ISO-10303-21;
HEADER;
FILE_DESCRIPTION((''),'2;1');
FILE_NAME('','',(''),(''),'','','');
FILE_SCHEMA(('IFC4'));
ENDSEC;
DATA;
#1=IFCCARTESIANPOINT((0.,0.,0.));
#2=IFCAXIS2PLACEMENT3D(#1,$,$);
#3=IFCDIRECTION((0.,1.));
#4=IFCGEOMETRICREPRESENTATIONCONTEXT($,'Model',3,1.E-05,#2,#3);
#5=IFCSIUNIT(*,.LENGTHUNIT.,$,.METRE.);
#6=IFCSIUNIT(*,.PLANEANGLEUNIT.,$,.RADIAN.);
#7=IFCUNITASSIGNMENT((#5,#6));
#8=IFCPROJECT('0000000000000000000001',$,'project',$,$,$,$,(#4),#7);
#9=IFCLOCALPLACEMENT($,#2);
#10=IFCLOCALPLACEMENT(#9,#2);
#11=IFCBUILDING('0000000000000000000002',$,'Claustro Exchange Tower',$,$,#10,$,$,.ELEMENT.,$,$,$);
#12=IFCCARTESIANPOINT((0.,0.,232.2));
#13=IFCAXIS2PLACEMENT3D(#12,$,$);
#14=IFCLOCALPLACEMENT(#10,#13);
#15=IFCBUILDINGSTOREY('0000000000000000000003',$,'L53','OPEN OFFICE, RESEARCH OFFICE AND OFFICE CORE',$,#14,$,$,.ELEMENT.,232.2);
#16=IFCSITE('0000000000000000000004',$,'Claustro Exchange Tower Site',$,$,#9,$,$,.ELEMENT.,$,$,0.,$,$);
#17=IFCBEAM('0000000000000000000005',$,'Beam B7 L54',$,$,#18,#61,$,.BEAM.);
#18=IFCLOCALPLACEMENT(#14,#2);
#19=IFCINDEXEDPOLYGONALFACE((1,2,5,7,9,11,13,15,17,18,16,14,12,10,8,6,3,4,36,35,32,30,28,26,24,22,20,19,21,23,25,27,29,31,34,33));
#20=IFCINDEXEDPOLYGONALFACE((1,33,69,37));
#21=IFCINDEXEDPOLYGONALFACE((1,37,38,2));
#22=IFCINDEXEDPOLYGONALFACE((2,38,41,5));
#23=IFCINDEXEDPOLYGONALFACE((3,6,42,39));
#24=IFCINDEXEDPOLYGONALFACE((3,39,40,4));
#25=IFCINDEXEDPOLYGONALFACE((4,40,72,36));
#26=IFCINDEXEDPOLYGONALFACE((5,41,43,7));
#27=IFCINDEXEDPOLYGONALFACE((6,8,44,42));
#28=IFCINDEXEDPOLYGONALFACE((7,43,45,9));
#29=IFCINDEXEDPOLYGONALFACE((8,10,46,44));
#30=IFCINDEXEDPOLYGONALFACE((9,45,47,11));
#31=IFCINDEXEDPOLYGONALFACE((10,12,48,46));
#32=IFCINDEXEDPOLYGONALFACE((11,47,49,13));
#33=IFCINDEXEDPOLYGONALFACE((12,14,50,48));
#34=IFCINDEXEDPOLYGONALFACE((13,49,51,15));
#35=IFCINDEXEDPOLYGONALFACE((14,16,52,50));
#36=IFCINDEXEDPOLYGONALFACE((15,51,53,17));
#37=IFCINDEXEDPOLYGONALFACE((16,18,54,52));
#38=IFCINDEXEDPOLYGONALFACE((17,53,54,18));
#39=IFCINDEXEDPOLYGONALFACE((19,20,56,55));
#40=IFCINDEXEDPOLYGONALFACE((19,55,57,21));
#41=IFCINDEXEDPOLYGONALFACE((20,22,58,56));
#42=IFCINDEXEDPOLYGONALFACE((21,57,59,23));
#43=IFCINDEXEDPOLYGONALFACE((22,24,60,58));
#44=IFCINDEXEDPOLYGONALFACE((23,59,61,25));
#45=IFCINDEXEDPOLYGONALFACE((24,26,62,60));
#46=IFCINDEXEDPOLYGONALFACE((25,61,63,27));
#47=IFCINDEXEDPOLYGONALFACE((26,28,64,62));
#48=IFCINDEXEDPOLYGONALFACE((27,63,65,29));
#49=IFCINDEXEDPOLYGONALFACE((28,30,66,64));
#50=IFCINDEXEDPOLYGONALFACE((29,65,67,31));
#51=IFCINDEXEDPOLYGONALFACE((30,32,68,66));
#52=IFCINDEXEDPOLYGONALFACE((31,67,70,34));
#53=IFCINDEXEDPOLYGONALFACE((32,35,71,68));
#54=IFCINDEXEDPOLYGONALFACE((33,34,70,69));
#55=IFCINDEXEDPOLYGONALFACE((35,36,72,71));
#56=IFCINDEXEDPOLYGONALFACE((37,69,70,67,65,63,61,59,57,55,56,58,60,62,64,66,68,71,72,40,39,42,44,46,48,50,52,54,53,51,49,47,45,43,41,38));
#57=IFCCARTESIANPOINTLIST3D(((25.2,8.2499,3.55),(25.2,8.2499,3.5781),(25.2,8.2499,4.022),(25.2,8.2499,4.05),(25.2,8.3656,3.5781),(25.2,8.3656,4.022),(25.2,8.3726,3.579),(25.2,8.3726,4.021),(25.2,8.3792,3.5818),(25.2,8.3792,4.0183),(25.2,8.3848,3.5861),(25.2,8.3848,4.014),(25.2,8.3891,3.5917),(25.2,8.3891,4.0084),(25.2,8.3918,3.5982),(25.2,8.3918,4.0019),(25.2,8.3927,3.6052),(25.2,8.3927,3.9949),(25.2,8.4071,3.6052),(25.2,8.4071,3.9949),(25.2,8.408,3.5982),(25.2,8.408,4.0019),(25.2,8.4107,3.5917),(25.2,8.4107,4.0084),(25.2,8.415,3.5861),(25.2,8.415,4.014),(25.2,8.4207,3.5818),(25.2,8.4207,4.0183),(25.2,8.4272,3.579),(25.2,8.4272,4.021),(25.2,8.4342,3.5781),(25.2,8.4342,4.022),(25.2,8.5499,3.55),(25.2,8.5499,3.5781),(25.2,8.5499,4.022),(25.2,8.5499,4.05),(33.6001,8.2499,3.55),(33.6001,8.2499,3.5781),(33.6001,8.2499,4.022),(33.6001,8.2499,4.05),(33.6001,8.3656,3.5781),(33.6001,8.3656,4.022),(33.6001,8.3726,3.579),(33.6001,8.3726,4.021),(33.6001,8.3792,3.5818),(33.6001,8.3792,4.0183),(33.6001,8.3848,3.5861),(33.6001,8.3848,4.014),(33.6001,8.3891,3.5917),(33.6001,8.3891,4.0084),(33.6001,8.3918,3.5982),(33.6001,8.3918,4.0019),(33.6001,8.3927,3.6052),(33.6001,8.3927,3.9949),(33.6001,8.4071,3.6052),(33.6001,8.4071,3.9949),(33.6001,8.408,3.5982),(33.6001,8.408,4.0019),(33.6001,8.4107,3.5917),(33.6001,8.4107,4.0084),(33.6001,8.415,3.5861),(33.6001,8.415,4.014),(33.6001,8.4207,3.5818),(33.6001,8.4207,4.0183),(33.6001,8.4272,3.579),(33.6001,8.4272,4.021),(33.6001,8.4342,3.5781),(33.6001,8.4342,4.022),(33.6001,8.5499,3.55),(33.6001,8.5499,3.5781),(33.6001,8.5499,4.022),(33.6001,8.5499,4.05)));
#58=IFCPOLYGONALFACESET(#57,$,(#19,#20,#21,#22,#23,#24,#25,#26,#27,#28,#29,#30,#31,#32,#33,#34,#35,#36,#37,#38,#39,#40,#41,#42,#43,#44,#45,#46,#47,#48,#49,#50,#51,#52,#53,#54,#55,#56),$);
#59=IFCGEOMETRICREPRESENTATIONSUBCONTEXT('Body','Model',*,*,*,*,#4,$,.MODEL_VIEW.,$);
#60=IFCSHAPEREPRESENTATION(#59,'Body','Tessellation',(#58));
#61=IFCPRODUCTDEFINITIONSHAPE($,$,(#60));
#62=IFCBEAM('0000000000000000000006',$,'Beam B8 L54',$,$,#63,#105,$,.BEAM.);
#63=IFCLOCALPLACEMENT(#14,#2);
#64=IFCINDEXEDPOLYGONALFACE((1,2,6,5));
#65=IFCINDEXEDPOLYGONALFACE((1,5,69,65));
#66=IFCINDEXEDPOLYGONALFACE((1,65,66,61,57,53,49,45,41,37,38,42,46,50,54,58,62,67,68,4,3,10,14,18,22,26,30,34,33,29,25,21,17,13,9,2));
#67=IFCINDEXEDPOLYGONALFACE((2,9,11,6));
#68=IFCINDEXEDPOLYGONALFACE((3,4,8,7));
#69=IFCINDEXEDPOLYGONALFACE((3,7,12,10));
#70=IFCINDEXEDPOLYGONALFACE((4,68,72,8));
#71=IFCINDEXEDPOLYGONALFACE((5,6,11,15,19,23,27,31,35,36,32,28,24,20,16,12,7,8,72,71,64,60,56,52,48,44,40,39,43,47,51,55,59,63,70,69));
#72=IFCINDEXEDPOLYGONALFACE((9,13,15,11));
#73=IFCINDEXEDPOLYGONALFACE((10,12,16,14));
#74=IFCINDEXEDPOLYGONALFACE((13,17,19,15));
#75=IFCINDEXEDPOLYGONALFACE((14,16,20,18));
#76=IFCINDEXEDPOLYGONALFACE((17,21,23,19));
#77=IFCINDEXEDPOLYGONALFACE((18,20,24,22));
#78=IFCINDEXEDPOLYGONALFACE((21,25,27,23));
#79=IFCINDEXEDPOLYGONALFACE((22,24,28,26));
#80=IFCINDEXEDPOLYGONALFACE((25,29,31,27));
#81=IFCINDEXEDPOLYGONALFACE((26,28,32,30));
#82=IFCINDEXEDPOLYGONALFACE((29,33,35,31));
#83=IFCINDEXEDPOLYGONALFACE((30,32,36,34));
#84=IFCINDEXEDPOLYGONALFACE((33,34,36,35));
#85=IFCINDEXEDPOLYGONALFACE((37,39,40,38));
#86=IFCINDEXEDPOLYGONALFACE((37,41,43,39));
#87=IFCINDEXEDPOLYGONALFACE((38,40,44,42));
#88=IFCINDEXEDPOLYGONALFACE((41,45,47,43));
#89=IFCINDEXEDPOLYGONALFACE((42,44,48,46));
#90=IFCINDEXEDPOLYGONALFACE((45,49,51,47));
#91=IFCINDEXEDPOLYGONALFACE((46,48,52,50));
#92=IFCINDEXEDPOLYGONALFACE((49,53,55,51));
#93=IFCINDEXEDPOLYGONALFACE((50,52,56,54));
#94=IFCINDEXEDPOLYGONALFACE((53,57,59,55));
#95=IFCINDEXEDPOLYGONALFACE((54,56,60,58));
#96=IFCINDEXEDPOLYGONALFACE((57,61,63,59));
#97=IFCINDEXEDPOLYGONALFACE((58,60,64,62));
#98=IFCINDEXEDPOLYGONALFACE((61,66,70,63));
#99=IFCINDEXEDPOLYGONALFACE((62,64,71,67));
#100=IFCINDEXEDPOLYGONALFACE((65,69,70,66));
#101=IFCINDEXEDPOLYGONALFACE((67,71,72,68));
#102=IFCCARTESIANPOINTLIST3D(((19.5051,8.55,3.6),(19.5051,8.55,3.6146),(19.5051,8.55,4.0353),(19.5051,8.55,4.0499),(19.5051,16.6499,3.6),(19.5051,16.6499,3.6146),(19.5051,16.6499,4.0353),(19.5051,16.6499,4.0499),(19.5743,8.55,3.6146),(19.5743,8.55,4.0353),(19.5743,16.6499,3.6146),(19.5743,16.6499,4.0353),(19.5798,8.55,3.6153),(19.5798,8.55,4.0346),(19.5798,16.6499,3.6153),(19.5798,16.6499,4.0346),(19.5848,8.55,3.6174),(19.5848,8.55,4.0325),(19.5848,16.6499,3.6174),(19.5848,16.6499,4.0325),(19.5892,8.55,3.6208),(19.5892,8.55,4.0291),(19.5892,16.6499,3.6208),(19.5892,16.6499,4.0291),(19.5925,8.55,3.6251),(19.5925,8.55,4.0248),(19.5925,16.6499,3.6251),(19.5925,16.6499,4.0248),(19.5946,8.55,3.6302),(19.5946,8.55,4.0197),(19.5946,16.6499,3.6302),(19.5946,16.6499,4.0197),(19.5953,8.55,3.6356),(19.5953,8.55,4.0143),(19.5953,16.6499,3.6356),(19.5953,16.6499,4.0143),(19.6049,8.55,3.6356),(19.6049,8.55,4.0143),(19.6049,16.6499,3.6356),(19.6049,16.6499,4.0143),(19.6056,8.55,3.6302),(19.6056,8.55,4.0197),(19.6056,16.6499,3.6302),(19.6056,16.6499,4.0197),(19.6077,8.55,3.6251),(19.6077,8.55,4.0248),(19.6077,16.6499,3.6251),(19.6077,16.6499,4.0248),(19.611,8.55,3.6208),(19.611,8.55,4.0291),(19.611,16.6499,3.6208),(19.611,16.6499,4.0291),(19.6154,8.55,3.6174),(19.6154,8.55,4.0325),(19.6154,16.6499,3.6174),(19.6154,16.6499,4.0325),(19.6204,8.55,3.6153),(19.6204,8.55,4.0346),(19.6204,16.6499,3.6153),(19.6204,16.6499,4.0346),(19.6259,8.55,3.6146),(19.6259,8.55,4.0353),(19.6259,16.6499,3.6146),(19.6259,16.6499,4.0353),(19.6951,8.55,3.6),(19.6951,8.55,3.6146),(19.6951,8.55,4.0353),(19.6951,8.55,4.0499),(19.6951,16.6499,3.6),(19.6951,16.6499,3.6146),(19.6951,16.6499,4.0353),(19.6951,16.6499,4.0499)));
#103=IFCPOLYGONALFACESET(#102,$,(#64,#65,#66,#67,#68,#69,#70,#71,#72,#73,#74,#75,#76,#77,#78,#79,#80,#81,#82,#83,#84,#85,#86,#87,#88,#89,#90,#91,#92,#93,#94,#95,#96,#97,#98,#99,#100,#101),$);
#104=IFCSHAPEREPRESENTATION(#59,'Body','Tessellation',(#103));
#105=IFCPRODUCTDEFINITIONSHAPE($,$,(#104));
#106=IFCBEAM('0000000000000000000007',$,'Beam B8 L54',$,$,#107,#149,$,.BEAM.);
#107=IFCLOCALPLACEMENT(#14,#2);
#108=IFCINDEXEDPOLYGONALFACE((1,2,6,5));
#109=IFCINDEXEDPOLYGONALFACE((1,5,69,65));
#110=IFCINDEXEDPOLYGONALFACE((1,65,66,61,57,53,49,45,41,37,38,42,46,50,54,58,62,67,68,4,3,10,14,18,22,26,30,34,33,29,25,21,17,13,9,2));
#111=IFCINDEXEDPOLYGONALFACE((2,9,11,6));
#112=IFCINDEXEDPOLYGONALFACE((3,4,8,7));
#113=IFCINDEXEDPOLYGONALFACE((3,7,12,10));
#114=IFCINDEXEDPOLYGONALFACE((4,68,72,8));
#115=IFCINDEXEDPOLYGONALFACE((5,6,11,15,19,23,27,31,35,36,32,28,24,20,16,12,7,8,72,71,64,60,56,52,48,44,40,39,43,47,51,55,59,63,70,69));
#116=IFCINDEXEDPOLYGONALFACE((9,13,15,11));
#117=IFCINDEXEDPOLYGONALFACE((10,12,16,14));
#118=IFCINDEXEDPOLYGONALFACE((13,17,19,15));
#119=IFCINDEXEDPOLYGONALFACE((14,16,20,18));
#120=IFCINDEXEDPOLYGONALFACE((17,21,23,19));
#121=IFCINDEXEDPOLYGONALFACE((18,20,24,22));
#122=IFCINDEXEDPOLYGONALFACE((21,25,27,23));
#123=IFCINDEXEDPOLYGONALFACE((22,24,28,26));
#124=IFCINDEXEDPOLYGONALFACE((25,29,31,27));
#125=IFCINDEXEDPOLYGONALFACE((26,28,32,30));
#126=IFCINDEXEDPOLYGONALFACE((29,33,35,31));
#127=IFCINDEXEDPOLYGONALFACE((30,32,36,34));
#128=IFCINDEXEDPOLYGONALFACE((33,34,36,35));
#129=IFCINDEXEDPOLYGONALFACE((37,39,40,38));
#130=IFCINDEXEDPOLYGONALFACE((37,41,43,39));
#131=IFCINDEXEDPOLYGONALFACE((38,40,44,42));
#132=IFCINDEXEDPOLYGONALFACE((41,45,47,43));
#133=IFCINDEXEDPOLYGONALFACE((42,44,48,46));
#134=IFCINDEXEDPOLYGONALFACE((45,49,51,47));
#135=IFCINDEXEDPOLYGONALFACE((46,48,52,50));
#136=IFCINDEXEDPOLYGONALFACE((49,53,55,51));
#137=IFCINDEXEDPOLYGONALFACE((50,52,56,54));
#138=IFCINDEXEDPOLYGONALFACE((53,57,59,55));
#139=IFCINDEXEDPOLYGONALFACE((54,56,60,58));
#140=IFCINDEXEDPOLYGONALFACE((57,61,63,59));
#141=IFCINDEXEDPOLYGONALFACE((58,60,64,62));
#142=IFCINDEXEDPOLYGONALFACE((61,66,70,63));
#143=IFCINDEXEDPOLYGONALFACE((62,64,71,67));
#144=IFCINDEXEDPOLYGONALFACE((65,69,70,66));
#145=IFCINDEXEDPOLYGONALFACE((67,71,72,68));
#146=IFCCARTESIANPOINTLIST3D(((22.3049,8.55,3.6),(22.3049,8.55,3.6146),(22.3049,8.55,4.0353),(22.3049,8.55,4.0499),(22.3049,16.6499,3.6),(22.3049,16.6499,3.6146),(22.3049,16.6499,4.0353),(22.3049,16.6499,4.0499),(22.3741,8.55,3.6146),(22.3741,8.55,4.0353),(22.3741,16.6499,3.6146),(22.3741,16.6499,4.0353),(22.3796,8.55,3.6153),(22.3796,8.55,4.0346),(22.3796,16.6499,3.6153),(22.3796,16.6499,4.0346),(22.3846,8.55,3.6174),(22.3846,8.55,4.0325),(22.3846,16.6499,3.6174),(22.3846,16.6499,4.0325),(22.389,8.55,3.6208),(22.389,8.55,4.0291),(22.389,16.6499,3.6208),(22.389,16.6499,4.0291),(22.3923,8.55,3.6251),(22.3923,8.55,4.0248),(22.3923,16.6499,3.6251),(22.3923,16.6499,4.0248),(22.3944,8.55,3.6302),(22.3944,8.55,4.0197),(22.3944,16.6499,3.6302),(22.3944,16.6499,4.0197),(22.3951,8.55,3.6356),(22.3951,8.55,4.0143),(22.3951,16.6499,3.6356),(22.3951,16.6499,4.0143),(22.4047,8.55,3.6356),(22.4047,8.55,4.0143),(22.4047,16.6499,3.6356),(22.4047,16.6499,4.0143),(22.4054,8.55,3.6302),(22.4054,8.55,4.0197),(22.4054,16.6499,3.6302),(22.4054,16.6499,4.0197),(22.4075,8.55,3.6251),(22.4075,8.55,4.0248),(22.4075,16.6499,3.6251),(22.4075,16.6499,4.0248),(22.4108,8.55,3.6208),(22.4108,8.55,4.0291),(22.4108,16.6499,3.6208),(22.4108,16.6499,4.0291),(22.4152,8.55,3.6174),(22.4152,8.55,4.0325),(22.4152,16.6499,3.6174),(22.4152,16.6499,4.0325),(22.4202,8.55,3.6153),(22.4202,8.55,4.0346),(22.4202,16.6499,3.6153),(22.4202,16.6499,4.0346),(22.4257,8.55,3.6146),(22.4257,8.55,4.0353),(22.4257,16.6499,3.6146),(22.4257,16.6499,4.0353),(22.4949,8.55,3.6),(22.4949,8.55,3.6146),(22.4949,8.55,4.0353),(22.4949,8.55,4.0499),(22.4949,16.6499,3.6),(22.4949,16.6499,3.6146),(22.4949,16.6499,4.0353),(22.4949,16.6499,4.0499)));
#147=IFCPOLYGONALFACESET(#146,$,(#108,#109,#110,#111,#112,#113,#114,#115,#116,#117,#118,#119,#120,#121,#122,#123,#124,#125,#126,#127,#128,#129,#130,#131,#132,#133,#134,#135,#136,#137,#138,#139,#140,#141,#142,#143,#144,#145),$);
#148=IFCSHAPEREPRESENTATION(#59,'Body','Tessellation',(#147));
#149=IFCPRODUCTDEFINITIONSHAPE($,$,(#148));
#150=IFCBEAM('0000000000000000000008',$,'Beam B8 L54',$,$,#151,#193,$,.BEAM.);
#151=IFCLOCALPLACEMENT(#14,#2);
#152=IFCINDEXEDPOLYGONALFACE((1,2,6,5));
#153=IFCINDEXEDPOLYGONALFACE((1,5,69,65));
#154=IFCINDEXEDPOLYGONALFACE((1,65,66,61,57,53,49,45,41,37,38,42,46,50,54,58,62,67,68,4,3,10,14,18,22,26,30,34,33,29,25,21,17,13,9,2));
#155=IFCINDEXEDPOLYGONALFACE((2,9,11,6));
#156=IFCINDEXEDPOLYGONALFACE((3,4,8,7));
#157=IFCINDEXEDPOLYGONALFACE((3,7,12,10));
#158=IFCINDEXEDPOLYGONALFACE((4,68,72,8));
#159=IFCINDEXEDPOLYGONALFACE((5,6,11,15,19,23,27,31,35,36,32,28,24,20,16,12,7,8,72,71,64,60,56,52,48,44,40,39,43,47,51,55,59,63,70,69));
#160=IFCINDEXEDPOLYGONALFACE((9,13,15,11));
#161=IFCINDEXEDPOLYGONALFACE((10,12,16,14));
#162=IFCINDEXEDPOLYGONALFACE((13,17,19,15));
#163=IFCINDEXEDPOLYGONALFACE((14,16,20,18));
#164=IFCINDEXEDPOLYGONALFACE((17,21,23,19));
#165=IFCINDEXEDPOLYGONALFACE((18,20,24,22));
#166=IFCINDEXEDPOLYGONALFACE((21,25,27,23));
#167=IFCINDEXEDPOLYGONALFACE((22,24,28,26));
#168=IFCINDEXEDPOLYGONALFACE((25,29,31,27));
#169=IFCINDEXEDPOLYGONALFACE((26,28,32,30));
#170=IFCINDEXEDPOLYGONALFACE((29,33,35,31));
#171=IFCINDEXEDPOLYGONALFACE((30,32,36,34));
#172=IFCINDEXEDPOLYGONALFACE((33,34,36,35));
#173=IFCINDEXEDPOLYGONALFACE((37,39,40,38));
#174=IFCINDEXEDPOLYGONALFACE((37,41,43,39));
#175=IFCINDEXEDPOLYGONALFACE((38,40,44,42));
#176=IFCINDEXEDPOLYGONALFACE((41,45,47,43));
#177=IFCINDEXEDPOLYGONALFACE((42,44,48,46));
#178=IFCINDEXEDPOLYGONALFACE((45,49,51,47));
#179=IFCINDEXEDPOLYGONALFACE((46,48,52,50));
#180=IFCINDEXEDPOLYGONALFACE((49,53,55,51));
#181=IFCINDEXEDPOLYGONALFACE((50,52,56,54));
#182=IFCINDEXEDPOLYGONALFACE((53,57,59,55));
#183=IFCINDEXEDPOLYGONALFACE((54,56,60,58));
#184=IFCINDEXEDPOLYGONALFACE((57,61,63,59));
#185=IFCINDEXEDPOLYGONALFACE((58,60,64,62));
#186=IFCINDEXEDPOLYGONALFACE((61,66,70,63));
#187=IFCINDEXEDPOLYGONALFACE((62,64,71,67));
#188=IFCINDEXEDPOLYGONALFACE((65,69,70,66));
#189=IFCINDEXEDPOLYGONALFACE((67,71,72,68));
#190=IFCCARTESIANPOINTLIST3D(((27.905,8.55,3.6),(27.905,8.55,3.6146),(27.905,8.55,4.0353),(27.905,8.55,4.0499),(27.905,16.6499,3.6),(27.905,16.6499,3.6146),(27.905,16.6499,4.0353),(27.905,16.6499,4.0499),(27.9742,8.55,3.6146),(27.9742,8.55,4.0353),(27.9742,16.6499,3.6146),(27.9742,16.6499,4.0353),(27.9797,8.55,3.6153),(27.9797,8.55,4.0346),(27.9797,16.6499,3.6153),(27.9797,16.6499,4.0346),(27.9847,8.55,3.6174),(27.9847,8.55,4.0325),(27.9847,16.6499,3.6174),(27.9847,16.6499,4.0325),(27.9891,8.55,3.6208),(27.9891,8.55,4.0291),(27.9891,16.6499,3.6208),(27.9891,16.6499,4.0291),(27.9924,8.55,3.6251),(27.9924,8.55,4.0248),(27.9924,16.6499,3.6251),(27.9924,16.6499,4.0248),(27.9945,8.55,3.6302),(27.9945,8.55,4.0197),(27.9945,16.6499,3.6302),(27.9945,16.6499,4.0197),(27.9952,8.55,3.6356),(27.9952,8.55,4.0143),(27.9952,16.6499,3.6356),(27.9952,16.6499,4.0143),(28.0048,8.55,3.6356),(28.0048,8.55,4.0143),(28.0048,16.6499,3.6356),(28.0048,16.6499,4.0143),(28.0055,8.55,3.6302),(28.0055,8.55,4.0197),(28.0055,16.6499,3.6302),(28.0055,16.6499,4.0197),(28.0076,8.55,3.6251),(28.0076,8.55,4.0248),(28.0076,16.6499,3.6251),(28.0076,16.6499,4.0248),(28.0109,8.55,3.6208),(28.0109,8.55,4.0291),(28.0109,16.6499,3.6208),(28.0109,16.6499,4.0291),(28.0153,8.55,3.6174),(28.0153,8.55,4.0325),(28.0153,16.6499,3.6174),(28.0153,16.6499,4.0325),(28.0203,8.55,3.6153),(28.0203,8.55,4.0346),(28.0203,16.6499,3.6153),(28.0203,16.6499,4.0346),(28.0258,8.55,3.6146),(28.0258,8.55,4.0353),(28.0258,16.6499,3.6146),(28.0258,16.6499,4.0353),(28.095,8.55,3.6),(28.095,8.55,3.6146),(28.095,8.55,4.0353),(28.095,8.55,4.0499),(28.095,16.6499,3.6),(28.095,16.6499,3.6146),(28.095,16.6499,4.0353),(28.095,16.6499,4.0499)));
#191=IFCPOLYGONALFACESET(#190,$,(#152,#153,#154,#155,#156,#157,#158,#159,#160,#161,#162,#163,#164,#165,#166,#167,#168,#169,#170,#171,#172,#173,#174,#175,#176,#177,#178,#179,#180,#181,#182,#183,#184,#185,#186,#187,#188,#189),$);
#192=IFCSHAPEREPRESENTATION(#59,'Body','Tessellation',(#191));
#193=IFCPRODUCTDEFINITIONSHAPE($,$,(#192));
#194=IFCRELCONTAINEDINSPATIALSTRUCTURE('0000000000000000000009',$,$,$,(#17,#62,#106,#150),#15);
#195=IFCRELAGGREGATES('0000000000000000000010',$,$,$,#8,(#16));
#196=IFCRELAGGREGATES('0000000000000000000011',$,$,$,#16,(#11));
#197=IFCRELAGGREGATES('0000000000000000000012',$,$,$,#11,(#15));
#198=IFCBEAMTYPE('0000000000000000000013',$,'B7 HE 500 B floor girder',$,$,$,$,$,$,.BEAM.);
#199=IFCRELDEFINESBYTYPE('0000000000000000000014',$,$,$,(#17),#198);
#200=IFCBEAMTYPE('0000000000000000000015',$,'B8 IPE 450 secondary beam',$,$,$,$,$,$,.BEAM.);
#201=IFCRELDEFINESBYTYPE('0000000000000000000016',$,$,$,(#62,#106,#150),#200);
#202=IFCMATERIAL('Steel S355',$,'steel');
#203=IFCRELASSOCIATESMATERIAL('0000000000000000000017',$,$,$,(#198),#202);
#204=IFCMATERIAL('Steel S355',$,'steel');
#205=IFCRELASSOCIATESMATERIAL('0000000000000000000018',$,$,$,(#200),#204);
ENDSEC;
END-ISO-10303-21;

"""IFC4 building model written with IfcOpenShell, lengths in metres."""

from ifc_helpers import new_model, si_unit, direction, frame, origin, origin_2d, place, context, subcontext, project, spatial, i_section, extrude, material, material_profile, profile_set, type_object, element, save


model = new_model("IFC4")

# Units and contexts
model_context = context("Model", 3, precision=1e-05, world=origin(), true_north=direction((0.0, 1.0)))
body_context = subcontext(model_context, "Body", "Model", "MODEL_VIEW")
ifc_project = project(units=[si_unit("LENGTHUNIT", "METRE"), si_unit("PLANEANGLEUNIT", "RADIAN")], contexts=[model_context])

# Site, building, storey
site_placement = place(None, origin())
site = spatial("IfcSite", under=ifc_project, at=site_placement, Name="Claustro Exchange Tower Site", CompositionType="ELEMENT", RefElevation=0.0)
building_placement = place(site_placement, origin())
building = spatial("IfcBuilding", under=site, at=building_placement, Name="Claustro Exchange Tower", CompositionType="ELEMENT")
storey_placement = place(building_placement, frame((0.0, 0.0, 232.2)))
storey = spatial("IfcBuildingStorey", under=building, at=storey_placement, Name="L53", Description="OPEN OFFICE, RESEARCH OFFICE AND OFFICE CORE", CompositionType="ELEMENT", Elevation=232.2)

# Beams
ifc_material_1 = material(Name="Steel S355", Category="steel")
ifc_material_profile_1 = material_profile(ifc_material_1, i_section(OverallWidth=0.3, OverallDepth=0.5, WebThickness=0.0144, FlangeThickness=0.0281, FilletRadius=0.0271, at=origin_2d()), Name="HE 500 B")
ifc_profile_set_1 = profile_set([ifc_material_profile_1], Name="Steel S355")
beam_type_1 = type_object("IfcBeamType", Name="B7 HE 500 B floor girder", PredefinedType="BEAM", material=ifc_profile_set_1)
for number, where, z_axis, x_axis, name in (
    (1, (25.2, 8.3999, 3.8), (1.0, 0.0, 0.0), (0.0, 1.0, 0.0), "Beam B7 L54"),
):
    element("IfcBeam", number, at=place(storey_placement, frame(where, z_axis=z_axis, x_axis=x_axis)), inside=storey, type_object=beam_type_1, Name=name, PredefinedType="BEAM", context=body_context, shape_type="SweptSolid", body=[
        extrude(i_section(OverallWidth=0.3, OverallDepth=0.5, WebThickness=0.0144, FlangeThickness=0.0281, FilletRadius=0.0271, at=origin_2d()), origin(), (0.0, 0.0, 1.0), 8.4001),
    ])
ifc_material_2 = material(Name="Steel S355", Category="steel")
ifc_material_profile_2 = material_profile(ifc_material_2, i_section(OverallWidth=0.1899, OverallDepth=0.45, WebThickness=0.0095, FlangeThickness=0.0146, FilletRadius=0.021, at=origin_2d()), Name="IPE 450")
ifc_profile_set_2 = profile_set([ifc_material_profile_2], Name="Steel S355")
beam_type_2 = type_object("IfcBeamType", Name="B8 IPE 450 secondary beam", PredefinedType="BEAM", material=ifc_profile_set_2)
for number, where, z_axis, x_axis, name in (
    (2, (19.6001, 8.55, 3.825), (0.0, 1.0, 0.0), (-1.0, 0.0, 0.0), "Beam B8 L54"),
    (3, (22.3999, 8.55, 3.825), (0.0, 1.0, 0.0), (-1.0, 0.0, 0.0), "Beam B8 L54"),
    (4, (28.0, 8.55, 3.825), (0.0, 1.0, 0.0), (-1.0, 0.0, 0.0), "Beam B8 L54"),
):
    element("IfcBeam", number, at=place(storey_placement, frame(where, z_axis=z_axis, x_axis=x_axis)), inside=storey, type_object=beam_type_2, Name=name, PredefinedType="BEAM", context=body_context, shape_type="SweptSolid", body=[
        extrude(i_section(OverallWidth=0.1899, OverallDepth=0.45, WebThickness=0.0095, FlangeThickness=0.0146, FilletRadius=0.021, at=origin_2d()), origin(), (0.0, 0.0, 1.0), 8.0999),
    ])

save(model, "model.ifc")
